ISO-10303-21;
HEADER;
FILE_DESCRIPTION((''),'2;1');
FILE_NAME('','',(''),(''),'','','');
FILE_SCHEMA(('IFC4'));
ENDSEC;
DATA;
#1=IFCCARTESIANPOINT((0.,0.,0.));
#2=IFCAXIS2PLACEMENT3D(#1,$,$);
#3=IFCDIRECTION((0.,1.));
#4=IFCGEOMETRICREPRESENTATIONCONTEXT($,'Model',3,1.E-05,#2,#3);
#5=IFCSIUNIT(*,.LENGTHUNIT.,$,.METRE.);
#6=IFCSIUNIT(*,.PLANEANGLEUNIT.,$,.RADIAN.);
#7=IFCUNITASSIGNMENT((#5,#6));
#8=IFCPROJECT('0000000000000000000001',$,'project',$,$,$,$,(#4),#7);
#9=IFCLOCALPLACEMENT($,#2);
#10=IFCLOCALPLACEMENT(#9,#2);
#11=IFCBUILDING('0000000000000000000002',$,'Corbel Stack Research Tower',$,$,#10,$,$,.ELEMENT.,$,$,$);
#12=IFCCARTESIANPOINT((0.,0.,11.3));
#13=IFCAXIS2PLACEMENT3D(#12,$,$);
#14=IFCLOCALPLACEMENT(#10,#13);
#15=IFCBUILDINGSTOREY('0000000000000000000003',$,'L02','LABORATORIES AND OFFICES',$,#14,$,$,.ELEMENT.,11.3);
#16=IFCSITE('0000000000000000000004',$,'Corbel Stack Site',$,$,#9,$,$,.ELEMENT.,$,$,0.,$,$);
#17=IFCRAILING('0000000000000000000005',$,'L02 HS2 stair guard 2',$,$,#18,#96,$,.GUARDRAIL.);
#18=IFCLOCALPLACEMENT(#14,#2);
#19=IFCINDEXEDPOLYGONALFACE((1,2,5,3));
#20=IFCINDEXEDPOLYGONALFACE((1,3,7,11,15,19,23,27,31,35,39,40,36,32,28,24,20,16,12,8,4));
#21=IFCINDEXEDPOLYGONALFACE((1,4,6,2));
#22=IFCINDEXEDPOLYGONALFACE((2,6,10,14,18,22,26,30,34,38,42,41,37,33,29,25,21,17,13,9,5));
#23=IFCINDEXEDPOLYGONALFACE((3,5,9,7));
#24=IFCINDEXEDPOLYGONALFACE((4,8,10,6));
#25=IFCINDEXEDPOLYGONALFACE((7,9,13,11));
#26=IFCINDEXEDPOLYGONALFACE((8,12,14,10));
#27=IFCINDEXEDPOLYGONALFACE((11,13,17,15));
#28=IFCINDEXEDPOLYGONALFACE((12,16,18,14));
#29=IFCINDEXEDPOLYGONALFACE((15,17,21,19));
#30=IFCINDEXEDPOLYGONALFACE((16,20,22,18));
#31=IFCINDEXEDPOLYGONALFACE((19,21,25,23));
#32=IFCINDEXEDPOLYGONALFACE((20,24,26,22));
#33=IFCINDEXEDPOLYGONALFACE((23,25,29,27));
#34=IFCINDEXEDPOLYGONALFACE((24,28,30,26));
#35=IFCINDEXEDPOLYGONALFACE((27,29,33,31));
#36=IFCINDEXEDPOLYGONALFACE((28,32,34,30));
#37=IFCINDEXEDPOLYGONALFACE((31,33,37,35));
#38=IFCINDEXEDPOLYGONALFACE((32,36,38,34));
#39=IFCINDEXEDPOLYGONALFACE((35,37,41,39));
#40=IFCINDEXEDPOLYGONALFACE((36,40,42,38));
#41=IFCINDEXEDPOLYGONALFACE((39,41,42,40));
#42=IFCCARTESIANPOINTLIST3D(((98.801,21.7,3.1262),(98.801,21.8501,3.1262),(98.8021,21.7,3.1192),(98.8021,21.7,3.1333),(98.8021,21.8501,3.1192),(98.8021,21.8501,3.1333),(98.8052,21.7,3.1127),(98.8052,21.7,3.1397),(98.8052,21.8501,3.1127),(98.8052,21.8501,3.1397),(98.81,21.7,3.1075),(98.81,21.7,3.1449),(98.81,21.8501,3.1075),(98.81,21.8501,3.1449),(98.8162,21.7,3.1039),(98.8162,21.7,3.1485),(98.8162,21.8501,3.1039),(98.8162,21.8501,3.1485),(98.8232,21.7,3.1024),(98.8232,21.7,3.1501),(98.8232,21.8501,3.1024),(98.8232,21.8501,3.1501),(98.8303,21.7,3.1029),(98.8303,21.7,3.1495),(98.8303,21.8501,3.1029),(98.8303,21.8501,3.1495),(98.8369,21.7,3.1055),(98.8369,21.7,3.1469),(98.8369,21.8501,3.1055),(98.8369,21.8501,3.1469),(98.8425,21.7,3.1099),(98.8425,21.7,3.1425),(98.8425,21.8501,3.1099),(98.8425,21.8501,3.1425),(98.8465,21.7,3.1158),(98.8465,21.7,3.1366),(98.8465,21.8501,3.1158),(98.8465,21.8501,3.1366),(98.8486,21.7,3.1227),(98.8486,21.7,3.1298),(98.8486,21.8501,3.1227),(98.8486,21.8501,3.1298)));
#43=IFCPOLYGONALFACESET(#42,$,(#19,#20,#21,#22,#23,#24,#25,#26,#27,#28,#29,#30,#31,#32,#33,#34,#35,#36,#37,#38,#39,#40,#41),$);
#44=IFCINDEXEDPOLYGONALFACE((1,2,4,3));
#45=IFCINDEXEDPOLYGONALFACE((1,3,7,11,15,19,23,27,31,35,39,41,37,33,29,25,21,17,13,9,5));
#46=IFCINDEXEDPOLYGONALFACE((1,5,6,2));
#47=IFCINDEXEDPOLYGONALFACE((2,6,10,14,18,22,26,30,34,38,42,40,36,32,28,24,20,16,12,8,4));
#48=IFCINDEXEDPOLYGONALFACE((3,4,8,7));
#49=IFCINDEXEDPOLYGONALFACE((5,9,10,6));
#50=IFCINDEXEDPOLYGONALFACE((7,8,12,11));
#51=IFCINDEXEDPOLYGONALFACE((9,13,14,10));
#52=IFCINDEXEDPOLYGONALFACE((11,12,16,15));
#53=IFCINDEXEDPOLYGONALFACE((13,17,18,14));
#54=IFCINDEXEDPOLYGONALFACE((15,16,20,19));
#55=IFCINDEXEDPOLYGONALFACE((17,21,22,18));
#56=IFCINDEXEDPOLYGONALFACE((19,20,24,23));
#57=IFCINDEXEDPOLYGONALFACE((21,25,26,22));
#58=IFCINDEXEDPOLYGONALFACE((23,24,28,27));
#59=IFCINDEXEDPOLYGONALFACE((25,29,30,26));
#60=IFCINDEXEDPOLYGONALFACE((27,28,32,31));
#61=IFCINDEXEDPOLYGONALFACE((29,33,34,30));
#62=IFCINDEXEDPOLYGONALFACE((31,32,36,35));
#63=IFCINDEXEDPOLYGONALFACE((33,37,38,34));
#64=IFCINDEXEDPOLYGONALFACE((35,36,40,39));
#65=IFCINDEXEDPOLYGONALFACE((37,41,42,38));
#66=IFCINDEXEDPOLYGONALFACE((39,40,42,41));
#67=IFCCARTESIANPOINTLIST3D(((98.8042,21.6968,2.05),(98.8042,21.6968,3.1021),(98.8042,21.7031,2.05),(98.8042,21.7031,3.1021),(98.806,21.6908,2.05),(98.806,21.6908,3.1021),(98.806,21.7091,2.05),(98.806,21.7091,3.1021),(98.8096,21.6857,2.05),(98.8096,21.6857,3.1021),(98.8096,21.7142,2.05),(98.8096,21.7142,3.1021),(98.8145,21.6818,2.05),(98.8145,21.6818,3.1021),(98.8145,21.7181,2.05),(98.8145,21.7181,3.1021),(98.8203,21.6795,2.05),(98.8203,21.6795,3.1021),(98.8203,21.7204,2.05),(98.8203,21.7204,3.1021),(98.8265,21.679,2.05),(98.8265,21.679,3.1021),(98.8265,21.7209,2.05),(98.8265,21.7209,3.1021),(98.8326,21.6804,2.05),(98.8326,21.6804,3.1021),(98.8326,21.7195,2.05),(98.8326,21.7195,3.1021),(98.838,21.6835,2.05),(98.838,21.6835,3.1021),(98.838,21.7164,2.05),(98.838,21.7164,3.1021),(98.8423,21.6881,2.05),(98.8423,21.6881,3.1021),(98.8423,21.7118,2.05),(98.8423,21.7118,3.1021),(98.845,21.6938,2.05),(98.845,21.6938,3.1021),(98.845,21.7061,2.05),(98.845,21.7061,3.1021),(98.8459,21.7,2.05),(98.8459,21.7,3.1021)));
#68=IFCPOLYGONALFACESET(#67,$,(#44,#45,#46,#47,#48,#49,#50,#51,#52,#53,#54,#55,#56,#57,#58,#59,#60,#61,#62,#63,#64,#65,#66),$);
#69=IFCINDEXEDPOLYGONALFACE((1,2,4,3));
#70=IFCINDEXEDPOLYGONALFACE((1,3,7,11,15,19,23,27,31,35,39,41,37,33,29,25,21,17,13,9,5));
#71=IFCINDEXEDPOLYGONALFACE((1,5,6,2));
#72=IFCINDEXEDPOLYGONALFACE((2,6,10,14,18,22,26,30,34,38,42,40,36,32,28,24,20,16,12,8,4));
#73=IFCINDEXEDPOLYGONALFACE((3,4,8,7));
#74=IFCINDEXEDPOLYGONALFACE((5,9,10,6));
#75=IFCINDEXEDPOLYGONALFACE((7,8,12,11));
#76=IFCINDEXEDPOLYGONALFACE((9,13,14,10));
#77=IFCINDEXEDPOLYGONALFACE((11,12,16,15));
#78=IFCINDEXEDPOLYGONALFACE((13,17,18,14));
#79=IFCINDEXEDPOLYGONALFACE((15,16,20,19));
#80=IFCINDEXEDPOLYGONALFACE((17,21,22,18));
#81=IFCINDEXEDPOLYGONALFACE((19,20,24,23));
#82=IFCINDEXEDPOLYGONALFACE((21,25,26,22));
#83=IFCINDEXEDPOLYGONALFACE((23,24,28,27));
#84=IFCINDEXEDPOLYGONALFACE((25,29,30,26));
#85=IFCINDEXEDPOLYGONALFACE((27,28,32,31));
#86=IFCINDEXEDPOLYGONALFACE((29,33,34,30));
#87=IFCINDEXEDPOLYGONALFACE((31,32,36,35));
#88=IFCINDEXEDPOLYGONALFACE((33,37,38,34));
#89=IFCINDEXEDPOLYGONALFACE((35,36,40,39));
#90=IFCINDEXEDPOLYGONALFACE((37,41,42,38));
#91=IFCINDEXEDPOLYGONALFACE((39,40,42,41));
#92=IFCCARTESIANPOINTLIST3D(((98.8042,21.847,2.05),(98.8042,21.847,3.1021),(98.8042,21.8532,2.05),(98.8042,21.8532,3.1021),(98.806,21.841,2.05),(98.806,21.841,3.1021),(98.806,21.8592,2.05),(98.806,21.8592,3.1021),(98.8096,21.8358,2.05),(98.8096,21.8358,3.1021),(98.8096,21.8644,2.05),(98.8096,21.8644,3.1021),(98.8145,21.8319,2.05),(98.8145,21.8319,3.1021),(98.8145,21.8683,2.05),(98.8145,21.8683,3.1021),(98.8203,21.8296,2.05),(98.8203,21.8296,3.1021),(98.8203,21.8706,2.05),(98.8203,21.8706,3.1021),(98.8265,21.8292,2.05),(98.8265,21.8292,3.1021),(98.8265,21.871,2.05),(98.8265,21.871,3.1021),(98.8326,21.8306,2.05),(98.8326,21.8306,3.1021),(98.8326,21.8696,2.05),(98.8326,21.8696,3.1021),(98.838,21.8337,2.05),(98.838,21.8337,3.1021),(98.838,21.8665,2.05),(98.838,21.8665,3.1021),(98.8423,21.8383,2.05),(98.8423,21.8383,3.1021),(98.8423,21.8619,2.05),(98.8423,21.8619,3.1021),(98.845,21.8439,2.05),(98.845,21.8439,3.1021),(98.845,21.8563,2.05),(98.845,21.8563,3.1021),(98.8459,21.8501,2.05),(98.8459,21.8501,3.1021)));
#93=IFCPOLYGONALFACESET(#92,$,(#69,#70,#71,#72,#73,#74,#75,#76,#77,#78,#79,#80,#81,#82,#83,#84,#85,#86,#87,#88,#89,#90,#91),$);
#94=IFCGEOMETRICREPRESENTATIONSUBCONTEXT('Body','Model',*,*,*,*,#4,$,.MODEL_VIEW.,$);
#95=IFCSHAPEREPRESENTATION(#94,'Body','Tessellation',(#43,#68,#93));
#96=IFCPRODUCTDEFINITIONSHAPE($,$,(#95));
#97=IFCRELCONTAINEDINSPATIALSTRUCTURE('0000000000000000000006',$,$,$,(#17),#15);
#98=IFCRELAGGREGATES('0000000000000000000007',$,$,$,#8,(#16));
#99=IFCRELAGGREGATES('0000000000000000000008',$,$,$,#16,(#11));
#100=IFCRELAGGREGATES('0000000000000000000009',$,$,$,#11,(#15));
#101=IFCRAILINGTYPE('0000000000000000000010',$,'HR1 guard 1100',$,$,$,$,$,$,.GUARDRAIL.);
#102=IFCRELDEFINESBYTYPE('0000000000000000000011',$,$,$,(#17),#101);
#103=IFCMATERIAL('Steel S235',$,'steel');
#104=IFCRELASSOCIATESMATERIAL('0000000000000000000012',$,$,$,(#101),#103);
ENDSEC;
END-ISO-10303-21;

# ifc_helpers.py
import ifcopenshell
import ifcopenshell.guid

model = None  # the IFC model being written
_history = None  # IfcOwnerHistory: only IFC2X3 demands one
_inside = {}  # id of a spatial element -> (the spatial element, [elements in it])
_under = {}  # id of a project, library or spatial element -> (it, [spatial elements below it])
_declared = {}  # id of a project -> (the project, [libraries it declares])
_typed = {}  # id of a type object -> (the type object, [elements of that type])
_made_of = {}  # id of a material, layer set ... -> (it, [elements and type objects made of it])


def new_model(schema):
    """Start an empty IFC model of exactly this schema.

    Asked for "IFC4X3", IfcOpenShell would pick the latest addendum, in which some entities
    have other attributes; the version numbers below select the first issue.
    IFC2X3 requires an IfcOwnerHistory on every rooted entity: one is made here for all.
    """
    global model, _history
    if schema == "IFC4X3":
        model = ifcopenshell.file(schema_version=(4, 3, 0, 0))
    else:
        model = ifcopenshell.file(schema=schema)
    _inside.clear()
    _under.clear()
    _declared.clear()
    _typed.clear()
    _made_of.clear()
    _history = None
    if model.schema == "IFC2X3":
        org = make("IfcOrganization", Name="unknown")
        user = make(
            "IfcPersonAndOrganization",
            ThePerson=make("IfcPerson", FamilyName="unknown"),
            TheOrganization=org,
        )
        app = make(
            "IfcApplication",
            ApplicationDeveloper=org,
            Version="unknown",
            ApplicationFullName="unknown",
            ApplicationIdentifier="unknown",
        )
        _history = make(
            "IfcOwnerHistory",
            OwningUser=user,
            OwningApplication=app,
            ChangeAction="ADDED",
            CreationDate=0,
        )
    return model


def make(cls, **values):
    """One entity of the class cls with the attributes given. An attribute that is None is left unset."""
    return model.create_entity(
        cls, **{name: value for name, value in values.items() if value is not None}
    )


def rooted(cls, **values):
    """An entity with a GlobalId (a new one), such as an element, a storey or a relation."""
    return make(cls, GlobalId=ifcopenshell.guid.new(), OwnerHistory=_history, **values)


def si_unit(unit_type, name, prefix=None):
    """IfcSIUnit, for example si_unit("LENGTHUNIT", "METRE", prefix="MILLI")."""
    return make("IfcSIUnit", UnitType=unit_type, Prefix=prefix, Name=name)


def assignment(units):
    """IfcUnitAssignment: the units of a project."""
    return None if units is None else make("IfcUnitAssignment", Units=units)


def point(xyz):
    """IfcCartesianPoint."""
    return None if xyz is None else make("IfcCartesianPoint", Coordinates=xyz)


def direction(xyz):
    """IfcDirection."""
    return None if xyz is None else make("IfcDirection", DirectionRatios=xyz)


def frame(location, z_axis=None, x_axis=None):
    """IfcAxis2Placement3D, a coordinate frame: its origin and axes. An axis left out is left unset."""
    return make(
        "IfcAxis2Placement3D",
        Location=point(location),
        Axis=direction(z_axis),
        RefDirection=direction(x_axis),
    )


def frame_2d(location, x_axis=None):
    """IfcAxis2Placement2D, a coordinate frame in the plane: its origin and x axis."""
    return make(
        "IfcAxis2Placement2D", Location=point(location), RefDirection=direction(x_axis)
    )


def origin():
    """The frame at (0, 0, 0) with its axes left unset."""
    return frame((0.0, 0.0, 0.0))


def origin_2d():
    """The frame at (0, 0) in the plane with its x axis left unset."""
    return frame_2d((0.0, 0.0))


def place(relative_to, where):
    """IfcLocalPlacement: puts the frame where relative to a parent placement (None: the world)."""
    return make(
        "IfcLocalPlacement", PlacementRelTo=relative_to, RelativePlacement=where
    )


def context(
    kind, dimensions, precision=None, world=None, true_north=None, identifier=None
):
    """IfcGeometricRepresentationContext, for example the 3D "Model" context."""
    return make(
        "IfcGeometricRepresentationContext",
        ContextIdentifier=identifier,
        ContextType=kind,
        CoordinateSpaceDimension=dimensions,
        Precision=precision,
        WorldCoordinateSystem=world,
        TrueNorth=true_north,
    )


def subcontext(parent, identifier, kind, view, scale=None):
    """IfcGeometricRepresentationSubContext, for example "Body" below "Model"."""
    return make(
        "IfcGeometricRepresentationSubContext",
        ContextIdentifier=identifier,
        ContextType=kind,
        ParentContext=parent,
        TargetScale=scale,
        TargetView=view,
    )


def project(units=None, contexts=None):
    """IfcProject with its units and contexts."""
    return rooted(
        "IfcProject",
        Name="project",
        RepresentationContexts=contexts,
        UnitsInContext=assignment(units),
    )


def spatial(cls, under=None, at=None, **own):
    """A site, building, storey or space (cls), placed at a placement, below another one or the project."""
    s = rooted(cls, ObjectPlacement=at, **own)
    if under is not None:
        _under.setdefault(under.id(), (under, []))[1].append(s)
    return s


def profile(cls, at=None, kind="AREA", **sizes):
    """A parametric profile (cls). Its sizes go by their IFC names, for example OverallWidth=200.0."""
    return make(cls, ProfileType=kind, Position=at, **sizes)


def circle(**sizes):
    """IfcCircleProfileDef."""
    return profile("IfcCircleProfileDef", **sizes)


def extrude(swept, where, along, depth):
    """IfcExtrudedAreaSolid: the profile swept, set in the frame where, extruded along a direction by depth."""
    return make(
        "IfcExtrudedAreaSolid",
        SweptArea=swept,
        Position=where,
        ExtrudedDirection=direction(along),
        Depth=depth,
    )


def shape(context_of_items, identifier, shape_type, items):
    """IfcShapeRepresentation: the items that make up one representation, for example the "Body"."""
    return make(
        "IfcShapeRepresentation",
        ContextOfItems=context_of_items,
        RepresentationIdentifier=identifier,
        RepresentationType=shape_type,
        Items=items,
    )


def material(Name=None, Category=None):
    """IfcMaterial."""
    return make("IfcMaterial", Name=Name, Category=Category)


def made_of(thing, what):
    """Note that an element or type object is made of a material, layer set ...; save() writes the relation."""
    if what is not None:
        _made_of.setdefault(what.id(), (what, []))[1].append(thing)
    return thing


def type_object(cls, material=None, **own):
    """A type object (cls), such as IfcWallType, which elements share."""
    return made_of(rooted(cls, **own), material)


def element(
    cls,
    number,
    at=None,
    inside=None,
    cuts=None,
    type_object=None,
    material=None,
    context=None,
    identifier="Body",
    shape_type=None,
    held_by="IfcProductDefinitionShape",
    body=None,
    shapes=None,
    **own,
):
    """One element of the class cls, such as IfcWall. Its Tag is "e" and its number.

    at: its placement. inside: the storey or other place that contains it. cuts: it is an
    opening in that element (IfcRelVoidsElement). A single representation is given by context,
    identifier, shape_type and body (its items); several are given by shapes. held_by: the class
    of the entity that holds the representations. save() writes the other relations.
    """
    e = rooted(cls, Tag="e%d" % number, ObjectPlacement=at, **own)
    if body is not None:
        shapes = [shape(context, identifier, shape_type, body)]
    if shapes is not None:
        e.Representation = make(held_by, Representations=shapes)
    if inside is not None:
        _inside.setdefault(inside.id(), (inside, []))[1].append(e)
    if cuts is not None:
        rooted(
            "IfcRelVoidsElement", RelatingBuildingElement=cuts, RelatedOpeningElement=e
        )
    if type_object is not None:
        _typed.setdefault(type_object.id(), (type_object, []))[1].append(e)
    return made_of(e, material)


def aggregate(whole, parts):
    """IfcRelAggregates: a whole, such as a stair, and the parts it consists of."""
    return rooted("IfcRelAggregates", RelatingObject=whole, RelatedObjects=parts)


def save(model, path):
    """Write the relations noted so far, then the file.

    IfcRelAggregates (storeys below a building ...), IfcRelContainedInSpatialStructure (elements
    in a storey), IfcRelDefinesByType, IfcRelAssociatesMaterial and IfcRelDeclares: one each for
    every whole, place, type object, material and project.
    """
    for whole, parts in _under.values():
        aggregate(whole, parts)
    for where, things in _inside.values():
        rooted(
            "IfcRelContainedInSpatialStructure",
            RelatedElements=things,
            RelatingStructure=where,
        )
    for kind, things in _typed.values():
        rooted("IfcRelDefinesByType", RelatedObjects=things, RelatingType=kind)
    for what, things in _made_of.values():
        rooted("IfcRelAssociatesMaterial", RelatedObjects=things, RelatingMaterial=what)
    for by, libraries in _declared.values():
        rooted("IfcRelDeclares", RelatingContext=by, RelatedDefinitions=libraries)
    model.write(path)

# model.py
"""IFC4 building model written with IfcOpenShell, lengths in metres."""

from ifc_helpers import new_model, si_unit, direction, frame, origin, origin_2d, place, context, subcontext, project, spatial, circle, extrude, material, type_object, element, save


model = new_model("IFC4")

# Units and contexts
model_context = context("Model", 3, precision=1e-05, world=origin(), true_north=direction((0.0, 1.0)))
body_context = subcontext(model_context, "Body", "Model", "MODEL_VIEW")
ifc_project = project(units=[si_unit("LENGTHUNIT", "METRE"), si_unit("PLANEANGLEUNIT", "RADIAN")], contexts=[model_context])

# Site, building, storey
site_placement = place(None, origin())
site = spatial("IfcSite", under=ifc_project, at=site_placement, Name="Corbel Stack Site", CompositionType="ELEMENT", RefElevation=0.0)
building_placement = place(site_placement, origin())
building = spatial("IfcBuilding", under=site, at=building_placement, Name="Corbel Stack Research Tower", CompositionType="ELEMENT")
storey_placement = place(building_placement, frame((0.0, 0.0, 11.3)))
storey = spatial("IfcBuildingStorey", under=building, at=storey_placement, Name="L02", Description="LABORATORIES AND OFFICES", CompositionType="ELEMENT", Elevation=11.3)

# Railing
ifc_material_1 = material(Name="Steel S235", Category="steel")
railing_type_1 = type_object("IfcRailingType", Name="HR1 guard 1100", PredefinedType="GUARDRAIL", material=ifc_material_1)
railing_1_placement = place(storey_placement, frame((98.825, 21.7, 2.05)))
element("IfcRailing", 1, at=railing_1_placement, inside=storey, type_object=railing_type_1, Name="L02 HS2 stair guard 2", PredefinedType="GUARDRAIL", context=body_context, shape_type="SweptSolid", body=[
    extrude(circle(Radius=0.0239, at=origin_2d()), frame((0.0, 0.0, 1.0762), z_axis=(0.0, 1.0, 0.0), x_axis=(-1.0, 0.0, 0.0)), (0.0, 0.0, 1.0), 0.1501),
    extrude(circle(Radius=0.021, at=origin_2d()), origin(), (0.0, 0.0, 1.0), 1.052),
    extrude(circle(Radius=0.021, at=origin_2d()), frame((0.0, 0.1501, 0.0)), (0.0, 0.0, 1.0), 1.052),
])

save(model, "model.ifc")
